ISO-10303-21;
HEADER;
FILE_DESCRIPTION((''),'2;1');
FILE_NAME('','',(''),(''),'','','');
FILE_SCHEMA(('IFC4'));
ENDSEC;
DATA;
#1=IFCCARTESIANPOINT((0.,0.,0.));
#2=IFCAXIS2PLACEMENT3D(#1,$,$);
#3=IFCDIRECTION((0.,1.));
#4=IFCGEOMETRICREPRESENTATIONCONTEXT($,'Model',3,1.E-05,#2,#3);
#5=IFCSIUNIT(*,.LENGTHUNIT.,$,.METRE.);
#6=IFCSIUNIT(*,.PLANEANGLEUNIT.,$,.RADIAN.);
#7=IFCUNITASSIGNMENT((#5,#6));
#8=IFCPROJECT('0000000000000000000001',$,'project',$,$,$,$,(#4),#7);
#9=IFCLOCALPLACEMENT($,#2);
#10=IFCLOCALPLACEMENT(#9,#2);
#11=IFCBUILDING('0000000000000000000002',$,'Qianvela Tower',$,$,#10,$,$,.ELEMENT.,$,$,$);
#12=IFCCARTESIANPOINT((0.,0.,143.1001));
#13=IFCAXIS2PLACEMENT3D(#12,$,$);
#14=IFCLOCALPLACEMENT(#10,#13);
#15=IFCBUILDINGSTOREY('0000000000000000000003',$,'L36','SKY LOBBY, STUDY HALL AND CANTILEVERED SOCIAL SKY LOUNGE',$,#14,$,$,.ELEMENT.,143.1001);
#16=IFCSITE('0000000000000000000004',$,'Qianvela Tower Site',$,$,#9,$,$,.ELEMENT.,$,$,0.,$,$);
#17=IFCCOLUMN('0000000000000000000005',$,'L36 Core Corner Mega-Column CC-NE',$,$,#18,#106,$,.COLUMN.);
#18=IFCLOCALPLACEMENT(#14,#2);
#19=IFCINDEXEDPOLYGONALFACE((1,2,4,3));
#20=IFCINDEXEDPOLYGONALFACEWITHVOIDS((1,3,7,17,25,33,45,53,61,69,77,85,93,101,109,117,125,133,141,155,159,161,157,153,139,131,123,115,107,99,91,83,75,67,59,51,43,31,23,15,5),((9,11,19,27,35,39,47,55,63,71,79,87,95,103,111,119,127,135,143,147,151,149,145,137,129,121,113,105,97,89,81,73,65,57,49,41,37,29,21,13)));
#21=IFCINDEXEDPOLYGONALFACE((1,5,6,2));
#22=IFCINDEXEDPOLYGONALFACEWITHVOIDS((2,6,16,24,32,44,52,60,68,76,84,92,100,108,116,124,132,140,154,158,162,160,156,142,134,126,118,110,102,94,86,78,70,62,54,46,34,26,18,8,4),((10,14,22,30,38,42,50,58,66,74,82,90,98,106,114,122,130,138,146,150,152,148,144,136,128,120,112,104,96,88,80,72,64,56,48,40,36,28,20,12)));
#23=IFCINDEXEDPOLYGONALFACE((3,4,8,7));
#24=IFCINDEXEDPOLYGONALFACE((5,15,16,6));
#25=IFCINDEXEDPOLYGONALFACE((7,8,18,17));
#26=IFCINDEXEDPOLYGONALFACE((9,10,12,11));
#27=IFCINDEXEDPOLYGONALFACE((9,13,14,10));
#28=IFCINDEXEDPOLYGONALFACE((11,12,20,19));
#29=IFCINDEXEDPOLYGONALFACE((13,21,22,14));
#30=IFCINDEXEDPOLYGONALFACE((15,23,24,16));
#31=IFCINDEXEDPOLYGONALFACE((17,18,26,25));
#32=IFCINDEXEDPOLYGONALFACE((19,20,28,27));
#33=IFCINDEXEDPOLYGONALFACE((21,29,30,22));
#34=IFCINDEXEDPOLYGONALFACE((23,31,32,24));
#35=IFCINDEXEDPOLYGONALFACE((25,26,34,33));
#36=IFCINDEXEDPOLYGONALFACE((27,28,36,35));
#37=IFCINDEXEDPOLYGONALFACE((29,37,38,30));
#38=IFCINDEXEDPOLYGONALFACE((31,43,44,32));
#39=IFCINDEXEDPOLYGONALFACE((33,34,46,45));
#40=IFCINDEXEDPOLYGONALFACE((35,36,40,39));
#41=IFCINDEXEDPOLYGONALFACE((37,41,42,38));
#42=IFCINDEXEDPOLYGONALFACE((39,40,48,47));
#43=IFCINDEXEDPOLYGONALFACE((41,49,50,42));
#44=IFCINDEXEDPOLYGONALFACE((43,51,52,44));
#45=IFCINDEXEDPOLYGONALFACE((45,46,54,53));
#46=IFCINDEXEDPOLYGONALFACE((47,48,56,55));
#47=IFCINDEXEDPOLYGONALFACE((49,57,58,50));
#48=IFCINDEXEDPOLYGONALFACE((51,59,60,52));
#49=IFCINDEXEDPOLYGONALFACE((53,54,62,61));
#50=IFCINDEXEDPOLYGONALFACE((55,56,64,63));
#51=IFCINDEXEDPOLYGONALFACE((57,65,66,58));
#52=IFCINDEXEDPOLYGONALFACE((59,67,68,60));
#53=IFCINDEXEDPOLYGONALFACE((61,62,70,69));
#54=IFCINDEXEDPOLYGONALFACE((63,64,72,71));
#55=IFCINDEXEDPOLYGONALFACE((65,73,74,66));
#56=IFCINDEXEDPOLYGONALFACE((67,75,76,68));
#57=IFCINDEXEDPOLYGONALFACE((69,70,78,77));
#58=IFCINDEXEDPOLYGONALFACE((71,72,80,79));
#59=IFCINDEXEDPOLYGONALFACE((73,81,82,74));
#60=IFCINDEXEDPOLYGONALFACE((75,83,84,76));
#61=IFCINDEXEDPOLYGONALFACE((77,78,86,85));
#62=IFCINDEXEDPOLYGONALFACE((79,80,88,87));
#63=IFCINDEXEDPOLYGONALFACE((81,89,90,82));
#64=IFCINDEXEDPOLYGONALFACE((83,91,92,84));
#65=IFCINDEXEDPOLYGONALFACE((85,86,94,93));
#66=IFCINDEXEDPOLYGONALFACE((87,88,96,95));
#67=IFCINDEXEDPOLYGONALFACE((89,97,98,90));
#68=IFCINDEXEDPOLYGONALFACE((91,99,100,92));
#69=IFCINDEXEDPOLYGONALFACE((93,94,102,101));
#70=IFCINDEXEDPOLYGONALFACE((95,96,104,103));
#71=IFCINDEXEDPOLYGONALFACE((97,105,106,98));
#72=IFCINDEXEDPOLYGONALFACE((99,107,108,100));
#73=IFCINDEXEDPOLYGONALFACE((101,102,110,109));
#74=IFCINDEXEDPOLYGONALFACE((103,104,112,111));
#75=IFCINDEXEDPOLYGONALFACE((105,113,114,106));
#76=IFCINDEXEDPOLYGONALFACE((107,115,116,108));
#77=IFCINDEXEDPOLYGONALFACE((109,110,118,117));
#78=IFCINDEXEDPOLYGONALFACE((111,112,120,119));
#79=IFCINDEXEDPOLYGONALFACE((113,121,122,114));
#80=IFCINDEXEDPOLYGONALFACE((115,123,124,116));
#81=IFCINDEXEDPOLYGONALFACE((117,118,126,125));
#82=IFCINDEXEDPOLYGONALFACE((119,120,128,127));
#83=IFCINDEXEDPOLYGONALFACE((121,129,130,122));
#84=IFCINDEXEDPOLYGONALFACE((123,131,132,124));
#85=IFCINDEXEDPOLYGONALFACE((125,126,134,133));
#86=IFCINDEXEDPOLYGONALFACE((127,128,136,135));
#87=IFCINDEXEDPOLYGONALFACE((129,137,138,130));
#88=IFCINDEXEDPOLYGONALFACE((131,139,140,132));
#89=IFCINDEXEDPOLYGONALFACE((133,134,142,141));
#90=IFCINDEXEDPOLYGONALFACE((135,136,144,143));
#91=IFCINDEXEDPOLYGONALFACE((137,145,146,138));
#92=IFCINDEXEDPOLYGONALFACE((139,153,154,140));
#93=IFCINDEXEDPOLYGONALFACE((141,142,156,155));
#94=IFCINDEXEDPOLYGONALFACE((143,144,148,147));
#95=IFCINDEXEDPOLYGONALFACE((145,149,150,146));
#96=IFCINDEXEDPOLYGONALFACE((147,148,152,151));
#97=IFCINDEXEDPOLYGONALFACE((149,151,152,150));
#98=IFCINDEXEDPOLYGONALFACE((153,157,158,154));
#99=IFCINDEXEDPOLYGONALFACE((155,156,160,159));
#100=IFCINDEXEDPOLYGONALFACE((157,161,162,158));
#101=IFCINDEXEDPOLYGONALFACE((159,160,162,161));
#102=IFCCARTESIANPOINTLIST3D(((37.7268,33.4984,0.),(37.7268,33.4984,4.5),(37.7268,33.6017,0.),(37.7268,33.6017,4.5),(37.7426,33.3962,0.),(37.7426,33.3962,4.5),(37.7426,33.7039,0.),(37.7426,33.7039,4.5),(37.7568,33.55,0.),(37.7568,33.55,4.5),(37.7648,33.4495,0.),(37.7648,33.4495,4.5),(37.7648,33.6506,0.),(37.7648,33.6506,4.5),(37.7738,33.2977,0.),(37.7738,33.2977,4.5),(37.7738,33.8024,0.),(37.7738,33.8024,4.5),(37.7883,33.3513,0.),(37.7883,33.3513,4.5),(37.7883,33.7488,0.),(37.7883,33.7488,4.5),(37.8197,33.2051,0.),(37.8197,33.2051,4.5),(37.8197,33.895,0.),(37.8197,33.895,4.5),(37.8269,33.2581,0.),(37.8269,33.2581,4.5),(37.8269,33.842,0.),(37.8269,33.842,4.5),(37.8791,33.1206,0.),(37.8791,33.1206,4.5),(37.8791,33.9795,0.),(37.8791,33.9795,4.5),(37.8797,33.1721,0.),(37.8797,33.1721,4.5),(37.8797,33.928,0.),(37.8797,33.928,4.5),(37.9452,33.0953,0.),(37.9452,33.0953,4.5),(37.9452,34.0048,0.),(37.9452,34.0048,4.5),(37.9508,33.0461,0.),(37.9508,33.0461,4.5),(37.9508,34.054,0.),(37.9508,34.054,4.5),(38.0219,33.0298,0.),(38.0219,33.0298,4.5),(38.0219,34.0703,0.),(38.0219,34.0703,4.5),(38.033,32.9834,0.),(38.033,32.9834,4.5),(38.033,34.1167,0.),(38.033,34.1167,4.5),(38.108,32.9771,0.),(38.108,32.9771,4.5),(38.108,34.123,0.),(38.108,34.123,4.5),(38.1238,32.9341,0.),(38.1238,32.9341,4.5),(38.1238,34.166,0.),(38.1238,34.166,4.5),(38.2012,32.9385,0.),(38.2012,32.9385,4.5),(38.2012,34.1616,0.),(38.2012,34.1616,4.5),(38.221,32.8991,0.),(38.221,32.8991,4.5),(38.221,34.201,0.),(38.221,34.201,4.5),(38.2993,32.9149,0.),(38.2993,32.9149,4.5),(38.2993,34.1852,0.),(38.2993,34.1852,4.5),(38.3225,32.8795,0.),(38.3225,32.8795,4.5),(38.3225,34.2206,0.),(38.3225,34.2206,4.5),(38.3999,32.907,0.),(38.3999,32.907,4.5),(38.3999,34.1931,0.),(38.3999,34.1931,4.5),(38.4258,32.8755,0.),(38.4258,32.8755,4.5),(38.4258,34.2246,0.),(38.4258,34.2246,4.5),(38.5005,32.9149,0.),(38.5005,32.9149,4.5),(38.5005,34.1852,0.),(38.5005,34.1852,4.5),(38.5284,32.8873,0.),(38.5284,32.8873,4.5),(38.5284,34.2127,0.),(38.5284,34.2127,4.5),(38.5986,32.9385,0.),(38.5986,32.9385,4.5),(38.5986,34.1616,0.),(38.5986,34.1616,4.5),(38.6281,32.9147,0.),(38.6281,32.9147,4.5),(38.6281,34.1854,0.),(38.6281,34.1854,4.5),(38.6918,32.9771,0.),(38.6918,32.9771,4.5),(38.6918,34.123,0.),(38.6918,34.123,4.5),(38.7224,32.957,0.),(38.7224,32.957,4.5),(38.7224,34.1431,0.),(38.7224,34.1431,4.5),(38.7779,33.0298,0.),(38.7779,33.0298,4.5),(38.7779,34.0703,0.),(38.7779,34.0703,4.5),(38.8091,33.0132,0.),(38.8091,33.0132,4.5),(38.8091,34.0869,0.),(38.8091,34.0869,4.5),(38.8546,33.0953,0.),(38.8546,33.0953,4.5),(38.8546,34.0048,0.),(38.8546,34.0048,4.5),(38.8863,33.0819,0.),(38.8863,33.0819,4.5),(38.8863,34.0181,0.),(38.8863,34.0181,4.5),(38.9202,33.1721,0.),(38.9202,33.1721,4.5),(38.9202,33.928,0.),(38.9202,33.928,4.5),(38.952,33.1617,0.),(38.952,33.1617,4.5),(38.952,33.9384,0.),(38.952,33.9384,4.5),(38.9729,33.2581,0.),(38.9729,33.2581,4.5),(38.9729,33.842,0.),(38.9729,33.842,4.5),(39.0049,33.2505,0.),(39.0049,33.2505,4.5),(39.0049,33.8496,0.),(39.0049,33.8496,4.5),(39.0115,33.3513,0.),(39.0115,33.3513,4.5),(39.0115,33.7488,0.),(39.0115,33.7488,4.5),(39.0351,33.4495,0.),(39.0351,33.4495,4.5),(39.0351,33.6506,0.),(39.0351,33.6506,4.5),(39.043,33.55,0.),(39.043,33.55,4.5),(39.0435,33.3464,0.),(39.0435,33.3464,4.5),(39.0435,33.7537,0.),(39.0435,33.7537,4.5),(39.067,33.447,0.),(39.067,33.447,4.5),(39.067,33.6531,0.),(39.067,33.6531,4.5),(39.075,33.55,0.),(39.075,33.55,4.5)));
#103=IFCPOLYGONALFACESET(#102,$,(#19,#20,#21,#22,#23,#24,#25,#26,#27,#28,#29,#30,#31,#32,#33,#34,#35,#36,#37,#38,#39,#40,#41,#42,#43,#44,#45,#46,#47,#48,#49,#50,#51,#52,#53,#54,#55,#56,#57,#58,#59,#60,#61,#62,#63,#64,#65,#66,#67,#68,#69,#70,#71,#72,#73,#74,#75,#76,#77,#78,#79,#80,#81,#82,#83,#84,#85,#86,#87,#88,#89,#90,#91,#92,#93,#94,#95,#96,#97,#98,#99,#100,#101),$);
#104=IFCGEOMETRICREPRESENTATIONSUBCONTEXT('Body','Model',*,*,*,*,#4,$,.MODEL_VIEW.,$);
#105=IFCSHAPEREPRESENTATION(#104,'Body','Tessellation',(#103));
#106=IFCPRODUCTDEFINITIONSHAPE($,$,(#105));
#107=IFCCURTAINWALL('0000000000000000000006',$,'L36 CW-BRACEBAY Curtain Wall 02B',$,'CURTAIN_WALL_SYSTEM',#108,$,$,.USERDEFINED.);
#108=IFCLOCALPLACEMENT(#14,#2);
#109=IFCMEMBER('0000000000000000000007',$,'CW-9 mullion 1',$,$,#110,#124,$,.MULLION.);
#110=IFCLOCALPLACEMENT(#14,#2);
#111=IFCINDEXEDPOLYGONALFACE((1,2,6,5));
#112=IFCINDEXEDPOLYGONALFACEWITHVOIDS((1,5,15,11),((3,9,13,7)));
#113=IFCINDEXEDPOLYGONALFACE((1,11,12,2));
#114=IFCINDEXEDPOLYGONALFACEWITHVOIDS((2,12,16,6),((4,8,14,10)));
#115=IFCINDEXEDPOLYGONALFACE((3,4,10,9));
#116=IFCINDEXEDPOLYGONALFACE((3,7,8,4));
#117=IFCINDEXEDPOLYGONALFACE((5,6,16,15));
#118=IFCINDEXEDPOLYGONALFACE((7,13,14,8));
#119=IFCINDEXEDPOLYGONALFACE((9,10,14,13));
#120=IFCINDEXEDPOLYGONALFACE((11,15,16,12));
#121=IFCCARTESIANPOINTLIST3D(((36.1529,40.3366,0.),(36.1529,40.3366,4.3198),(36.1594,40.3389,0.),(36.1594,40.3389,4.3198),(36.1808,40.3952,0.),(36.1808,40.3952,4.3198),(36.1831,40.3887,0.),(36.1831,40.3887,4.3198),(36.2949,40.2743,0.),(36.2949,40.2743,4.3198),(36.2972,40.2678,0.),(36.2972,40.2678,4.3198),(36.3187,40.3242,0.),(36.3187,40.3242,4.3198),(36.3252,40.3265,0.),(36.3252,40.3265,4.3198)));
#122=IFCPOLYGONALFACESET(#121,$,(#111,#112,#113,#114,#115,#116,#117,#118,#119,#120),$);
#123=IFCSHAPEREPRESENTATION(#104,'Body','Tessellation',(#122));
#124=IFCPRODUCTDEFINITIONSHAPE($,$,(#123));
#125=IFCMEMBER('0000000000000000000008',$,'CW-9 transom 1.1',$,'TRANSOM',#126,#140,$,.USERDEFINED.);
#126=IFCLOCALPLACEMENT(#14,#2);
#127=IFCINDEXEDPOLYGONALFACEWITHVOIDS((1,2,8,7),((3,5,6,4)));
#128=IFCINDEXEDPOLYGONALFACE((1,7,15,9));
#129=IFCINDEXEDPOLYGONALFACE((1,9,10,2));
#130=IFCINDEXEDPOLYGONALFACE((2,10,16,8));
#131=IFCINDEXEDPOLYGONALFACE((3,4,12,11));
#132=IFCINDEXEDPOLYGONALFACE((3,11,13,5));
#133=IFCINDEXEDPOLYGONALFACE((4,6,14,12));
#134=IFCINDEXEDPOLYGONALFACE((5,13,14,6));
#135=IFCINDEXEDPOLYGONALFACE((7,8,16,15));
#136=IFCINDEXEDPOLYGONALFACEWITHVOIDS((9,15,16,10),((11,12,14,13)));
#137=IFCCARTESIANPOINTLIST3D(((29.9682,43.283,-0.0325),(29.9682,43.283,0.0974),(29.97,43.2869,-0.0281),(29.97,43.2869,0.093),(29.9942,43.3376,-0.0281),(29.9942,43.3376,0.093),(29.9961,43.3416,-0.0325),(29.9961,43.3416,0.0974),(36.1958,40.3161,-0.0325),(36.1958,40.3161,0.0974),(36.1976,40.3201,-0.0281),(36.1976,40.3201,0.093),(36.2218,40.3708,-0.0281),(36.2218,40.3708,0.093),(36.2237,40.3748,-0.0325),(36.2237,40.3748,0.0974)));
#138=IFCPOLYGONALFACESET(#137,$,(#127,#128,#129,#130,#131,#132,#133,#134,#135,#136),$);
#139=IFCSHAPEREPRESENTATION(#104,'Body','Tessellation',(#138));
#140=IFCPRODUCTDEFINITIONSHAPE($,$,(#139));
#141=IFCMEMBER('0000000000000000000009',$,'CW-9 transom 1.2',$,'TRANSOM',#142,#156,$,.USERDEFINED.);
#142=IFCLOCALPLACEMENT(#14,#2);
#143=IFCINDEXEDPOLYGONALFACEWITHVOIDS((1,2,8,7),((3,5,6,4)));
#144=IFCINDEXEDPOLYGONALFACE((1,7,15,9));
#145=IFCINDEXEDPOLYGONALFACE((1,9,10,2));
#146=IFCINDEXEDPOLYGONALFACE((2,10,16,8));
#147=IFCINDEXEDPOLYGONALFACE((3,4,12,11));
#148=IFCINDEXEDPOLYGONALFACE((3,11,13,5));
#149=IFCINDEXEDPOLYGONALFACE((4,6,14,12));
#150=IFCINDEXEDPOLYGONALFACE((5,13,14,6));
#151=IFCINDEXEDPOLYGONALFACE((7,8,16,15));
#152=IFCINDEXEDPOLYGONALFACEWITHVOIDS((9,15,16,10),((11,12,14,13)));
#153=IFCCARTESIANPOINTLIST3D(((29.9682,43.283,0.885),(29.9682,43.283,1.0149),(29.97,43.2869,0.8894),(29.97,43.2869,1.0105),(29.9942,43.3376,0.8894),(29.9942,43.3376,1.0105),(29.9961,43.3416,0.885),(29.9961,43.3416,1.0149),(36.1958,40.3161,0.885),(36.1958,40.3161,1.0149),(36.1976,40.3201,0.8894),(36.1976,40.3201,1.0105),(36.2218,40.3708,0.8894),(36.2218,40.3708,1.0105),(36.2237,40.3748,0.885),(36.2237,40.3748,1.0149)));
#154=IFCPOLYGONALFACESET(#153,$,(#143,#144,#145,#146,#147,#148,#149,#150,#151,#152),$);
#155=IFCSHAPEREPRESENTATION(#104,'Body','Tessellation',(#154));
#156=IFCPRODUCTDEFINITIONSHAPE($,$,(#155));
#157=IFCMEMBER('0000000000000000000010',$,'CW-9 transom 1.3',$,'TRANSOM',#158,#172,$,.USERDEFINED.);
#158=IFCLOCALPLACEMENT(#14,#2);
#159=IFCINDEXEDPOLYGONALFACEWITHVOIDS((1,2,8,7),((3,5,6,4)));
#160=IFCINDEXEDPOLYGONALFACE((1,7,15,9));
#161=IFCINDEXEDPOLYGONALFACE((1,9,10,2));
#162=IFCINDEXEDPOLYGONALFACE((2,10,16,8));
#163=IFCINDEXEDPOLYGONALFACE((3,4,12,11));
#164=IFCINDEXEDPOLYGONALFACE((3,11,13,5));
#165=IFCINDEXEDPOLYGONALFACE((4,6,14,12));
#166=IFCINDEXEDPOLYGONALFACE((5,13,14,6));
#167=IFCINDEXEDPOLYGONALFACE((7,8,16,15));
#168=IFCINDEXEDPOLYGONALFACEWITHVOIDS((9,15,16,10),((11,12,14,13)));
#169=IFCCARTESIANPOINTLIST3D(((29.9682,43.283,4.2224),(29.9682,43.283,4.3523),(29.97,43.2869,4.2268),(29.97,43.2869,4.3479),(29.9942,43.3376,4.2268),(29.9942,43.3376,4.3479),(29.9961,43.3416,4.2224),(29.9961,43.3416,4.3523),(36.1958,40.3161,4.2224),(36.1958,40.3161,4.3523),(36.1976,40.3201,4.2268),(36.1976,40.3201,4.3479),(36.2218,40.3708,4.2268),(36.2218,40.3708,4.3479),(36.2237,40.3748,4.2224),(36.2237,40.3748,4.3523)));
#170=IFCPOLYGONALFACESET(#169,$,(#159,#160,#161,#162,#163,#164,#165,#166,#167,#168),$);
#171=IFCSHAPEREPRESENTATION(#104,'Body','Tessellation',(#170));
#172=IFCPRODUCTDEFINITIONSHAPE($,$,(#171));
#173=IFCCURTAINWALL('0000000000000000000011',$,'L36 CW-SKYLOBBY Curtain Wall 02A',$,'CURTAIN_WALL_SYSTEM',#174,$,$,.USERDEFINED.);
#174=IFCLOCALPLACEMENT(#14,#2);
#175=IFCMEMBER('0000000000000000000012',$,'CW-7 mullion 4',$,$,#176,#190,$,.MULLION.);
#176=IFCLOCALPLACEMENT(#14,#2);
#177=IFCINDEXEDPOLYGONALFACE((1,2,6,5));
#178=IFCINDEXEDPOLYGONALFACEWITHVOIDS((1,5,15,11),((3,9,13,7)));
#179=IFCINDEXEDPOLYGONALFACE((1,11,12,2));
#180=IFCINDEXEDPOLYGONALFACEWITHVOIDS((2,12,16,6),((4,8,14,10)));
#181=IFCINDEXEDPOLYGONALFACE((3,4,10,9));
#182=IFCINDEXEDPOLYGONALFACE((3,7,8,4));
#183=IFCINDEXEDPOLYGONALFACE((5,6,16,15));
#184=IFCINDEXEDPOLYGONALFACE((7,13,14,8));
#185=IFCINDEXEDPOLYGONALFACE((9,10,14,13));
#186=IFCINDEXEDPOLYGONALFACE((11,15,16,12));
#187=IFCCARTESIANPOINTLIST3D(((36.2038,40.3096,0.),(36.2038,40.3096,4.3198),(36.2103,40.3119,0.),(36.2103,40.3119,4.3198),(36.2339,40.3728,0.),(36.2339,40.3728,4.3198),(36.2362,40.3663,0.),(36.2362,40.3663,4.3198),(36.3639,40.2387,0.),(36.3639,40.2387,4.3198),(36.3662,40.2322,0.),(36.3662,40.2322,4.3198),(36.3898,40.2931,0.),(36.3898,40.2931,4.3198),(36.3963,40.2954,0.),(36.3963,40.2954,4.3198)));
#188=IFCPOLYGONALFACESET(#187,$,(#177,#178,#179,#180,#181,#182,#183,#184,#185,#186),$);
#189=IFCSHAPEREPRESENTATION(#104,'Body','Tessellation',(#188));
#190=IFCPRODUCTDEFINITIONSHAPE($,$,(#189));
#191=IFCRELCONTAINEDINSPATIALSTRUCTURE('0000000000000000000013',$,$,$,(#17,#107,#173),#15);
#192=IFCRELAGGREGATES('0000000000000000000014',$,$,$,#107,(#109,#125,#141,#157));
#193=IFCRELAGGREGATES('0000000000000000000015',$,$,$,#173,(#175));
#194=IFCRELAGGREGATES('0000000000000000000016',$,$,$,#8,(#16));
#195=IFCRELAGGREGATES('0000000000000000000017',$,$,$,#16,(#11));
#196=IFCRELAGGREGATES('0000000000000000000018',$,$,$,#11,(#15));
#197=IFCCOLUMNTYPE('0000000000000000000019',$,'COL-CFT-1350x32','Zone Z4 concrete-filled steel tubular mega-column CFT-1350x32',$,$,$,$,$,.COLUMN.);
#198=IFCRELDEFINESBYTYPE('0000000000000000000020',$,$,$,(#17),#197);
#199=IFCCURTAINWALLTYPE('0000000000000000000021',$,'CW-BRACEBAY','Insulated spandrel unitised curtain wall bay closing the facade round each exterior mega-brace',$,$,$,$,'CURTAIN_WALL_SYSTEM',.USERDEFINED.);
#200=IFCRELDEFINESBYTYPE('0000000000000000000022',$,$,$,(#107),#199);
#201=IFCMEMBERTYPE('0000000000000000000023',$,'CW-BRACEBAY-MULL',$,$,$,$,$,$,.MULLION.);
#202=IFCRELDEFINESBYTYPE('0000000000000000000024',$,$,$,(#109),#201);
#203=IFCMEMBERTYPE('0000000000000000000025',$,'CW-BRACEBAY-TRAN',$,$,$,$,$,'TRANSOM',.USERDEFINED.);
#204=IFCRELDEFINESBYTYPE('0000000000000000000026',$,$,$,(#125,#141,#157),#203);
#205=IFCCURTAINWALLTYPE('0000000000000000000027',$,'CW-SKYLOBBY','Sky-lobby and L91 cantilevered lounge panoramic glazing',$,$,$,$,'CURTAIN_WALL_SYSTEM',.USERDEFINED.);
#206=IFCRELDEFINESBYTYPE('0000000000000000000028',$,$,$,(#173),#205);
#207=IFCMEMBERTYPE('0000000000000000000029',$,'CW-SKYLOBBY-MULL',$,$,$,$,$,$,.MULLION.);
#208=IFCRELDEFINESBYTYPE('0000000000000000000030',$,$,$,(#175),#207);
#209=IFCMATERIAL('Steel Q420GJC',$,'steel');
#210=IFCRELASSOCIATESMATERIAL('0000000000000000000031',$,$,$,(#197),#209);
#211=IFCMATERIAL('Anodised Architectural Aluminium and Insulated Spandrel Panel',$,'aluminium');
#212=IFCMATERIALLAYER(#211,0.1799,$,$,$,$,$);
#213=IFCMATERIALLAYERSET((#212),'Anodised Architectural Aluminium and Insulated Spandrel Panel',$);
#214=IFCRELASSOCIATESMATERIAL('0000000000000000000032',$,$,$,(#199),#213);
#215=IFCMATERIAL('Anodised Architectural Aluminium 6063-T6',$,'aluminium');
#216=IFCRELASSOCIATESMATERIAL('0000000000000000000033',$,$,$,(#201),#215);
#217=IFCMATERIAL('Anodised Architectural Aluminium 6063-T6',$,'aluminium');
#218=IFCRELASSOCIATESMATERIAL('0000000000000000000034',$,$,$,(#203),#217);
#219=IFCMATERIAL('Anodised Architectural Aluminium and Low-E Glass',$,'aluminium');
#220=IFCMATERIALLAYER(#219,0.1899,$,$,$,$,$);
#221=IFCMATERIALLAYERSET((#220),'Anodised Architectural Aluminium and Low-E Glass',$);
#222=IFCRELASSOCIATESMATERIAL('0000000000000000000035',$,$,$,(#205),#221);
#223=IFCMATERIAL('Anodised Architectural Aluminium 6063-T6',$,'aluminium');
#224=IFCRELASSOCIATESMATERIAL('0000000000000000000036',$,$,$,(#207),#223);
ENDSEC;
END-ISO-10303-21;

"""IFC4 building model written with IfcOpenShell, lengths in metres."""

from ifc_helpers import new_model, si_unit, direction, frame, origin, origin_2d, place, context, subcontext, project, spatial, hollow_rectangle, hollow_circle, extrude, material, layer, layer_set, material_profile, profile_set, type_object, element, aggregate, save


model = new_model("IFC4")

# Units and contexts
model_context = context("Model", 3, precision=1e-05, world=origin(), true_north=direction((0.0, 1.0)))
body_context = subcontext(model_context, "Body", "Model", "MODEL_VIEW")
ifc_project = project(units=[si_unit("LENGTHUNIT", "METRE"), si_unit("PLANEANGLEUNIT", "RADIAN")], contexts=[model_context])

# Site, building, storey
site_placement = place(None, origin())
site = spatial("IfcSite", under=ifc_project, at=site_placement, Name="Qianvela Tower Site", CompositionType="ELEMENT", RefElevation=0.0)
building_placement = place(site_placement, origin())
building = spatial("IfcBuilding", under=site, at=building_placement, Name="Qianvela Tower", CompositionType="ELEMENT")
storey_placement = place(building_placement, frame((0.0, 0.0, 143.1001)))
storey = spatial("IfcBuildingStorey", under=building, at=storey_placement, Name="L36", Description="SKY LOBBY, STUDY HALL AND CANTILEVERED SOCIAL SKY LOUNGE", CompositionType="ELEMENT", Elevation=143.1001)

# Column
ifc_material_1 = material(Name="Steel Q420GJC", Category="steel")
ifc_material_profile_1 = material_profile(ifc_material_1, hollow_circle(Radius=0.675, WallThickness=0.032, at=origin_2d()), Name="CFT-1350x32")
ifc_profile_set_1 = profile_set([ifc_material_profile_1], Name="Steel Q420GJC")
column_type = type_object("IfcColumnType", Name="COL-CFT-1350x32", Description="Zone Z4 concrete-filled steel tubular mega-column CFT-1350x32", PredefinedType="COLUMN", material=ifc_profile_set_1)
column_placement = place(storey_placement, frame((38.3999, 33.55, 0.0), z_axis=(0.0, 0.0, 1.0), x_axis=(1.0, 0.0, 0.0)))
element("IfcColumn", 1, at=column_placement, inside=storey, type_object=column_type, Name="L36 Core Corner Mega-Column CC-NE", PredefinedType="COLUMN", context=body_context, shape_type="SweptSolid", body=[
    extrude(hollow_circle(Radius=0.675, WallThickness=0.032, at=origin_2d()), origin(), (0.0, 0.0, 1.0), 4.5),
])

# Curtain wall, members
ifc_material_2 = material(Name="Anodised Architectural Aluminium and Insulated Spandrel Panel", Category="aluminium")
ifc_layer_1 = layer(ifc_material_2, 0.1799)
ifc_layer_set_1 = layer_set([ifc_layer_1], Name="Anodised Architectural Aluminium and Insulated Spandrel Panel")
curtain_wall_type_1 = type_object("IfcCurtainWallType", Name="CW-BRACEBAY", Description="Insulated spandrel unitised curtain wall bay closing the facade round each exterior mega-brace", ElementType="CURTAIN_WALL_SYSTEM", PredefinedType="USERDEFINED", material=ifc_layer_set_1)
curtain_wall_1_placement = place(storey_placement, origin())
curtain_wall_1 = element("IfcCurtainWall", 2, at=curtain_wall_1_placement, inside=storey, type_object=curtain_wall_type_1, Name="L36 CW-BRACEBAY Curtain Wall 02B", ObjectType="CURTAIN_WALL_SYSTEM", PredefinedType="USERDEFINED")
ifc_material_3 = material(Name="Anodised Architectural Aluminium 6063-T6", Category="aluminium")
ifc_material_profile_2 = material_profile(ifc_material_3, hollow_rectangle(XDim=0.0649, YDim=0.1599, WallThickness=0.0049, at=origin_2d()), Name="ALU-MULL-65x160")
ifc_profile_set_2 = profile_set([ifc_material_profile_2], Name="Anodised Architectural Aluminium 6063-T6")
member_type_1 = type_object("IfcMemberType", Name="CW-BRACEBAY-MULL", PredefinedType="MULLION", material=ifc_profile_set_2)
member_1_placement = place(storey_placement, frame((36.239, 40.3315, 0.0), z_axis=(0.0, 0.0, 1.0), x_axis=(-0.430087, -0.902788, 0.0)))
member_1 = element("IfcMember", 3, at=member_1_placement, type_object=member_type_1, Name="CW-9 mullion 1", PredefinedType="MULLION", context=body_context, shape_type="SweptSolid", body=[
    extrude(hollow_rectangle(XDim=0.0649, YDim=0.1599, WallThickness=0.0049, at=origin_2d()), origin(), (0.0, 0.0, 1.0), 4.3198),
])
ifc_material_4 = material(Name="Anodised Architectural Aluminium 6063-T6", Category="aluminium")
ifc_material_profile_3 = material_profile(ifc_material_4, hollow_rectangle(XDim=0.0649, YDim=0.1299, WallThickness=0.0044, at=origin_2d()), Name="ALU-TRAN-65x130")
ifc_profile_set_3 = profile_set([ifc_material_profile_3], Name="Anodised Architectural Aluminium 6063-T6")
member_type_2 = type_object("IfcMemberType", Name="CW-BRACEBAY-TRAN", ElementType="TRANSOM", PredefinedType="USERDEFINED", material=ifc_profile_set_3)
member_2_placement = place(storey_placement, frame((36.2097, 40.3455, 0.0325), z_axis=(-0.902787, 0.430087, 0.0), x_axis=(-0.430087, -0.902787, 0.0)))
member_2 = element("IfcMember", 4, at=member_2_placement, type_object=member_type_2, Name="CW-9 transom 1.1", ObjectType="TRANSOM", PredefinedType="USERDEFINED", context=body_context, shape_type="SweptSolid", body=[
    extrude(hollow_rectangle(XDim=0.0649, YDim=0.1299, WallThickness=0.0044, at=origin_2d()), origin(), (0.0, 0.0, 1.0), 6.8982),
])
member_3_placement = place(storey_placement, frame((36.2097, 40.3455, 0.95), z_axis=(-0.902787, 0.430087, 0.0), x_axis=(-0.430087, -0.902787, 0.0)))
member_3 = element("IfcMember", 5, at=member_3_placement, type_object=member_type_2, Name="CW-9 transom 1.2", ObjectType="TRANSOM", PredefinedType="USERDEFINED", context=body_context, shape_type="SweptSolid", body=[
    extrude(hollow_rectangle(XDim=0.0649, YDim=0.1299, WallThickness=0.0044, at=origin_2d()), origin(), (0.0, 0.0, 1.0), 6.8982),
])
member_4_placement = place(storey_placement, frame((36.2097, 40.3455, 4.2874), z_axis=(-0.902787, 0.430087, 0.0), x_axis=(-0.430087, -0.902787, 0.0)))
member_4 = element("IfcMember", 6, at=member_4_placement, type_object=member_type_2, Name="CW-9 transom 1.3", ObjectType="TRANSOM", PredefinedType="USERDEFINED", context=body_context, shape_type="SweptSolid", body=[
    extrude(hollow_rectangle(XDim=0.0649, YDim=0.1299, WallThickness=0.0044, at=origin_2d()), origin(), (0.0, 0.0, 1.0), 6.8982),
])

# Curtain wall, member
ifc_material_5 = material(Name="Anodised Architectural Aluminium and Low-E Glass", Category="aluminium")
ifc_layer_2 = layer(ifc_material_5, 0.1899)
ifc_layer_set_2 = layer_set([ifc_layer_2], Name="Anodised Architectural Aluminium and Low-E Glass")
curtain_wall_type_2 = type_object("IfcCurtainWallType", Name="CW-SKYLOBBY", Description="Sky-lobby and L91 cantilevered lounge panoramic glazing", ElementType="CURTAIN_WALL_SYSTEM", PredefinedType="USERDEFINED", material=ifc_layer_set_2)
curtain_wall_2_placement = place(storey_placement, origin())
curtain_wall_2 = element("IfcCurtainWall", 7, at=curtain_wall_2_placement, inside=storey, type_object=curtain_wall_type_2, Name="L36 CW-SKYLOBBY Curtain Wall 02A", ObjectType="CURTAIN_WALL_SYSTEM", PredefinedType="USERDEFINED")
ifc_material_6 = material(Name="Anodised Architectural Aluminium 6063-T6", Category="aluminium")
ifc_material_profile_4 = material_profile(ifc_material_6, hollow_rectangle(XDim=0.0701, YDim=0.1799, WallThickness=0.0049, at=origin_2d()), Name="ALU-MULL-70x180")
ifc_profile_set_4 = profile_set([ifc_material_profile_4], Name="Anodised Architectural Aluminium 6063-T6")
member_type_3 = type_object("IfcMemberType", Name="CW-SKYLOBBY-MULL", PredefinedType="MULLION", material=ifc_profile_set_4)
member_5_placement = place(storey_placement, frame((36.3, 40.3025, 0.0), z_axis=(0.0, 0.0, 1.0), x_axis=(-0.430088, -0.902787, 0.0)))
member_5 = element("IfcMember", 8, at=member_5_placement, type_object=member_type_3, Name="CW-7 mullion 4", PredefinedType="MULLION", context=body_context, shape_type="SweptSolid", body=[
    extrude(hollow_rectangle(XDim=0.0701, YDim=0.1799, WallThickness=0.0049, at=origin_2d()), origin(), (0.0, 0.0, 1.0), 4.3198),
])

aggregate(curtain_wall_1, [member_1, member_2, member_3, member_4])
aggregate(curtain_wall_2, [member_5])

save(model, "model.ifc")
